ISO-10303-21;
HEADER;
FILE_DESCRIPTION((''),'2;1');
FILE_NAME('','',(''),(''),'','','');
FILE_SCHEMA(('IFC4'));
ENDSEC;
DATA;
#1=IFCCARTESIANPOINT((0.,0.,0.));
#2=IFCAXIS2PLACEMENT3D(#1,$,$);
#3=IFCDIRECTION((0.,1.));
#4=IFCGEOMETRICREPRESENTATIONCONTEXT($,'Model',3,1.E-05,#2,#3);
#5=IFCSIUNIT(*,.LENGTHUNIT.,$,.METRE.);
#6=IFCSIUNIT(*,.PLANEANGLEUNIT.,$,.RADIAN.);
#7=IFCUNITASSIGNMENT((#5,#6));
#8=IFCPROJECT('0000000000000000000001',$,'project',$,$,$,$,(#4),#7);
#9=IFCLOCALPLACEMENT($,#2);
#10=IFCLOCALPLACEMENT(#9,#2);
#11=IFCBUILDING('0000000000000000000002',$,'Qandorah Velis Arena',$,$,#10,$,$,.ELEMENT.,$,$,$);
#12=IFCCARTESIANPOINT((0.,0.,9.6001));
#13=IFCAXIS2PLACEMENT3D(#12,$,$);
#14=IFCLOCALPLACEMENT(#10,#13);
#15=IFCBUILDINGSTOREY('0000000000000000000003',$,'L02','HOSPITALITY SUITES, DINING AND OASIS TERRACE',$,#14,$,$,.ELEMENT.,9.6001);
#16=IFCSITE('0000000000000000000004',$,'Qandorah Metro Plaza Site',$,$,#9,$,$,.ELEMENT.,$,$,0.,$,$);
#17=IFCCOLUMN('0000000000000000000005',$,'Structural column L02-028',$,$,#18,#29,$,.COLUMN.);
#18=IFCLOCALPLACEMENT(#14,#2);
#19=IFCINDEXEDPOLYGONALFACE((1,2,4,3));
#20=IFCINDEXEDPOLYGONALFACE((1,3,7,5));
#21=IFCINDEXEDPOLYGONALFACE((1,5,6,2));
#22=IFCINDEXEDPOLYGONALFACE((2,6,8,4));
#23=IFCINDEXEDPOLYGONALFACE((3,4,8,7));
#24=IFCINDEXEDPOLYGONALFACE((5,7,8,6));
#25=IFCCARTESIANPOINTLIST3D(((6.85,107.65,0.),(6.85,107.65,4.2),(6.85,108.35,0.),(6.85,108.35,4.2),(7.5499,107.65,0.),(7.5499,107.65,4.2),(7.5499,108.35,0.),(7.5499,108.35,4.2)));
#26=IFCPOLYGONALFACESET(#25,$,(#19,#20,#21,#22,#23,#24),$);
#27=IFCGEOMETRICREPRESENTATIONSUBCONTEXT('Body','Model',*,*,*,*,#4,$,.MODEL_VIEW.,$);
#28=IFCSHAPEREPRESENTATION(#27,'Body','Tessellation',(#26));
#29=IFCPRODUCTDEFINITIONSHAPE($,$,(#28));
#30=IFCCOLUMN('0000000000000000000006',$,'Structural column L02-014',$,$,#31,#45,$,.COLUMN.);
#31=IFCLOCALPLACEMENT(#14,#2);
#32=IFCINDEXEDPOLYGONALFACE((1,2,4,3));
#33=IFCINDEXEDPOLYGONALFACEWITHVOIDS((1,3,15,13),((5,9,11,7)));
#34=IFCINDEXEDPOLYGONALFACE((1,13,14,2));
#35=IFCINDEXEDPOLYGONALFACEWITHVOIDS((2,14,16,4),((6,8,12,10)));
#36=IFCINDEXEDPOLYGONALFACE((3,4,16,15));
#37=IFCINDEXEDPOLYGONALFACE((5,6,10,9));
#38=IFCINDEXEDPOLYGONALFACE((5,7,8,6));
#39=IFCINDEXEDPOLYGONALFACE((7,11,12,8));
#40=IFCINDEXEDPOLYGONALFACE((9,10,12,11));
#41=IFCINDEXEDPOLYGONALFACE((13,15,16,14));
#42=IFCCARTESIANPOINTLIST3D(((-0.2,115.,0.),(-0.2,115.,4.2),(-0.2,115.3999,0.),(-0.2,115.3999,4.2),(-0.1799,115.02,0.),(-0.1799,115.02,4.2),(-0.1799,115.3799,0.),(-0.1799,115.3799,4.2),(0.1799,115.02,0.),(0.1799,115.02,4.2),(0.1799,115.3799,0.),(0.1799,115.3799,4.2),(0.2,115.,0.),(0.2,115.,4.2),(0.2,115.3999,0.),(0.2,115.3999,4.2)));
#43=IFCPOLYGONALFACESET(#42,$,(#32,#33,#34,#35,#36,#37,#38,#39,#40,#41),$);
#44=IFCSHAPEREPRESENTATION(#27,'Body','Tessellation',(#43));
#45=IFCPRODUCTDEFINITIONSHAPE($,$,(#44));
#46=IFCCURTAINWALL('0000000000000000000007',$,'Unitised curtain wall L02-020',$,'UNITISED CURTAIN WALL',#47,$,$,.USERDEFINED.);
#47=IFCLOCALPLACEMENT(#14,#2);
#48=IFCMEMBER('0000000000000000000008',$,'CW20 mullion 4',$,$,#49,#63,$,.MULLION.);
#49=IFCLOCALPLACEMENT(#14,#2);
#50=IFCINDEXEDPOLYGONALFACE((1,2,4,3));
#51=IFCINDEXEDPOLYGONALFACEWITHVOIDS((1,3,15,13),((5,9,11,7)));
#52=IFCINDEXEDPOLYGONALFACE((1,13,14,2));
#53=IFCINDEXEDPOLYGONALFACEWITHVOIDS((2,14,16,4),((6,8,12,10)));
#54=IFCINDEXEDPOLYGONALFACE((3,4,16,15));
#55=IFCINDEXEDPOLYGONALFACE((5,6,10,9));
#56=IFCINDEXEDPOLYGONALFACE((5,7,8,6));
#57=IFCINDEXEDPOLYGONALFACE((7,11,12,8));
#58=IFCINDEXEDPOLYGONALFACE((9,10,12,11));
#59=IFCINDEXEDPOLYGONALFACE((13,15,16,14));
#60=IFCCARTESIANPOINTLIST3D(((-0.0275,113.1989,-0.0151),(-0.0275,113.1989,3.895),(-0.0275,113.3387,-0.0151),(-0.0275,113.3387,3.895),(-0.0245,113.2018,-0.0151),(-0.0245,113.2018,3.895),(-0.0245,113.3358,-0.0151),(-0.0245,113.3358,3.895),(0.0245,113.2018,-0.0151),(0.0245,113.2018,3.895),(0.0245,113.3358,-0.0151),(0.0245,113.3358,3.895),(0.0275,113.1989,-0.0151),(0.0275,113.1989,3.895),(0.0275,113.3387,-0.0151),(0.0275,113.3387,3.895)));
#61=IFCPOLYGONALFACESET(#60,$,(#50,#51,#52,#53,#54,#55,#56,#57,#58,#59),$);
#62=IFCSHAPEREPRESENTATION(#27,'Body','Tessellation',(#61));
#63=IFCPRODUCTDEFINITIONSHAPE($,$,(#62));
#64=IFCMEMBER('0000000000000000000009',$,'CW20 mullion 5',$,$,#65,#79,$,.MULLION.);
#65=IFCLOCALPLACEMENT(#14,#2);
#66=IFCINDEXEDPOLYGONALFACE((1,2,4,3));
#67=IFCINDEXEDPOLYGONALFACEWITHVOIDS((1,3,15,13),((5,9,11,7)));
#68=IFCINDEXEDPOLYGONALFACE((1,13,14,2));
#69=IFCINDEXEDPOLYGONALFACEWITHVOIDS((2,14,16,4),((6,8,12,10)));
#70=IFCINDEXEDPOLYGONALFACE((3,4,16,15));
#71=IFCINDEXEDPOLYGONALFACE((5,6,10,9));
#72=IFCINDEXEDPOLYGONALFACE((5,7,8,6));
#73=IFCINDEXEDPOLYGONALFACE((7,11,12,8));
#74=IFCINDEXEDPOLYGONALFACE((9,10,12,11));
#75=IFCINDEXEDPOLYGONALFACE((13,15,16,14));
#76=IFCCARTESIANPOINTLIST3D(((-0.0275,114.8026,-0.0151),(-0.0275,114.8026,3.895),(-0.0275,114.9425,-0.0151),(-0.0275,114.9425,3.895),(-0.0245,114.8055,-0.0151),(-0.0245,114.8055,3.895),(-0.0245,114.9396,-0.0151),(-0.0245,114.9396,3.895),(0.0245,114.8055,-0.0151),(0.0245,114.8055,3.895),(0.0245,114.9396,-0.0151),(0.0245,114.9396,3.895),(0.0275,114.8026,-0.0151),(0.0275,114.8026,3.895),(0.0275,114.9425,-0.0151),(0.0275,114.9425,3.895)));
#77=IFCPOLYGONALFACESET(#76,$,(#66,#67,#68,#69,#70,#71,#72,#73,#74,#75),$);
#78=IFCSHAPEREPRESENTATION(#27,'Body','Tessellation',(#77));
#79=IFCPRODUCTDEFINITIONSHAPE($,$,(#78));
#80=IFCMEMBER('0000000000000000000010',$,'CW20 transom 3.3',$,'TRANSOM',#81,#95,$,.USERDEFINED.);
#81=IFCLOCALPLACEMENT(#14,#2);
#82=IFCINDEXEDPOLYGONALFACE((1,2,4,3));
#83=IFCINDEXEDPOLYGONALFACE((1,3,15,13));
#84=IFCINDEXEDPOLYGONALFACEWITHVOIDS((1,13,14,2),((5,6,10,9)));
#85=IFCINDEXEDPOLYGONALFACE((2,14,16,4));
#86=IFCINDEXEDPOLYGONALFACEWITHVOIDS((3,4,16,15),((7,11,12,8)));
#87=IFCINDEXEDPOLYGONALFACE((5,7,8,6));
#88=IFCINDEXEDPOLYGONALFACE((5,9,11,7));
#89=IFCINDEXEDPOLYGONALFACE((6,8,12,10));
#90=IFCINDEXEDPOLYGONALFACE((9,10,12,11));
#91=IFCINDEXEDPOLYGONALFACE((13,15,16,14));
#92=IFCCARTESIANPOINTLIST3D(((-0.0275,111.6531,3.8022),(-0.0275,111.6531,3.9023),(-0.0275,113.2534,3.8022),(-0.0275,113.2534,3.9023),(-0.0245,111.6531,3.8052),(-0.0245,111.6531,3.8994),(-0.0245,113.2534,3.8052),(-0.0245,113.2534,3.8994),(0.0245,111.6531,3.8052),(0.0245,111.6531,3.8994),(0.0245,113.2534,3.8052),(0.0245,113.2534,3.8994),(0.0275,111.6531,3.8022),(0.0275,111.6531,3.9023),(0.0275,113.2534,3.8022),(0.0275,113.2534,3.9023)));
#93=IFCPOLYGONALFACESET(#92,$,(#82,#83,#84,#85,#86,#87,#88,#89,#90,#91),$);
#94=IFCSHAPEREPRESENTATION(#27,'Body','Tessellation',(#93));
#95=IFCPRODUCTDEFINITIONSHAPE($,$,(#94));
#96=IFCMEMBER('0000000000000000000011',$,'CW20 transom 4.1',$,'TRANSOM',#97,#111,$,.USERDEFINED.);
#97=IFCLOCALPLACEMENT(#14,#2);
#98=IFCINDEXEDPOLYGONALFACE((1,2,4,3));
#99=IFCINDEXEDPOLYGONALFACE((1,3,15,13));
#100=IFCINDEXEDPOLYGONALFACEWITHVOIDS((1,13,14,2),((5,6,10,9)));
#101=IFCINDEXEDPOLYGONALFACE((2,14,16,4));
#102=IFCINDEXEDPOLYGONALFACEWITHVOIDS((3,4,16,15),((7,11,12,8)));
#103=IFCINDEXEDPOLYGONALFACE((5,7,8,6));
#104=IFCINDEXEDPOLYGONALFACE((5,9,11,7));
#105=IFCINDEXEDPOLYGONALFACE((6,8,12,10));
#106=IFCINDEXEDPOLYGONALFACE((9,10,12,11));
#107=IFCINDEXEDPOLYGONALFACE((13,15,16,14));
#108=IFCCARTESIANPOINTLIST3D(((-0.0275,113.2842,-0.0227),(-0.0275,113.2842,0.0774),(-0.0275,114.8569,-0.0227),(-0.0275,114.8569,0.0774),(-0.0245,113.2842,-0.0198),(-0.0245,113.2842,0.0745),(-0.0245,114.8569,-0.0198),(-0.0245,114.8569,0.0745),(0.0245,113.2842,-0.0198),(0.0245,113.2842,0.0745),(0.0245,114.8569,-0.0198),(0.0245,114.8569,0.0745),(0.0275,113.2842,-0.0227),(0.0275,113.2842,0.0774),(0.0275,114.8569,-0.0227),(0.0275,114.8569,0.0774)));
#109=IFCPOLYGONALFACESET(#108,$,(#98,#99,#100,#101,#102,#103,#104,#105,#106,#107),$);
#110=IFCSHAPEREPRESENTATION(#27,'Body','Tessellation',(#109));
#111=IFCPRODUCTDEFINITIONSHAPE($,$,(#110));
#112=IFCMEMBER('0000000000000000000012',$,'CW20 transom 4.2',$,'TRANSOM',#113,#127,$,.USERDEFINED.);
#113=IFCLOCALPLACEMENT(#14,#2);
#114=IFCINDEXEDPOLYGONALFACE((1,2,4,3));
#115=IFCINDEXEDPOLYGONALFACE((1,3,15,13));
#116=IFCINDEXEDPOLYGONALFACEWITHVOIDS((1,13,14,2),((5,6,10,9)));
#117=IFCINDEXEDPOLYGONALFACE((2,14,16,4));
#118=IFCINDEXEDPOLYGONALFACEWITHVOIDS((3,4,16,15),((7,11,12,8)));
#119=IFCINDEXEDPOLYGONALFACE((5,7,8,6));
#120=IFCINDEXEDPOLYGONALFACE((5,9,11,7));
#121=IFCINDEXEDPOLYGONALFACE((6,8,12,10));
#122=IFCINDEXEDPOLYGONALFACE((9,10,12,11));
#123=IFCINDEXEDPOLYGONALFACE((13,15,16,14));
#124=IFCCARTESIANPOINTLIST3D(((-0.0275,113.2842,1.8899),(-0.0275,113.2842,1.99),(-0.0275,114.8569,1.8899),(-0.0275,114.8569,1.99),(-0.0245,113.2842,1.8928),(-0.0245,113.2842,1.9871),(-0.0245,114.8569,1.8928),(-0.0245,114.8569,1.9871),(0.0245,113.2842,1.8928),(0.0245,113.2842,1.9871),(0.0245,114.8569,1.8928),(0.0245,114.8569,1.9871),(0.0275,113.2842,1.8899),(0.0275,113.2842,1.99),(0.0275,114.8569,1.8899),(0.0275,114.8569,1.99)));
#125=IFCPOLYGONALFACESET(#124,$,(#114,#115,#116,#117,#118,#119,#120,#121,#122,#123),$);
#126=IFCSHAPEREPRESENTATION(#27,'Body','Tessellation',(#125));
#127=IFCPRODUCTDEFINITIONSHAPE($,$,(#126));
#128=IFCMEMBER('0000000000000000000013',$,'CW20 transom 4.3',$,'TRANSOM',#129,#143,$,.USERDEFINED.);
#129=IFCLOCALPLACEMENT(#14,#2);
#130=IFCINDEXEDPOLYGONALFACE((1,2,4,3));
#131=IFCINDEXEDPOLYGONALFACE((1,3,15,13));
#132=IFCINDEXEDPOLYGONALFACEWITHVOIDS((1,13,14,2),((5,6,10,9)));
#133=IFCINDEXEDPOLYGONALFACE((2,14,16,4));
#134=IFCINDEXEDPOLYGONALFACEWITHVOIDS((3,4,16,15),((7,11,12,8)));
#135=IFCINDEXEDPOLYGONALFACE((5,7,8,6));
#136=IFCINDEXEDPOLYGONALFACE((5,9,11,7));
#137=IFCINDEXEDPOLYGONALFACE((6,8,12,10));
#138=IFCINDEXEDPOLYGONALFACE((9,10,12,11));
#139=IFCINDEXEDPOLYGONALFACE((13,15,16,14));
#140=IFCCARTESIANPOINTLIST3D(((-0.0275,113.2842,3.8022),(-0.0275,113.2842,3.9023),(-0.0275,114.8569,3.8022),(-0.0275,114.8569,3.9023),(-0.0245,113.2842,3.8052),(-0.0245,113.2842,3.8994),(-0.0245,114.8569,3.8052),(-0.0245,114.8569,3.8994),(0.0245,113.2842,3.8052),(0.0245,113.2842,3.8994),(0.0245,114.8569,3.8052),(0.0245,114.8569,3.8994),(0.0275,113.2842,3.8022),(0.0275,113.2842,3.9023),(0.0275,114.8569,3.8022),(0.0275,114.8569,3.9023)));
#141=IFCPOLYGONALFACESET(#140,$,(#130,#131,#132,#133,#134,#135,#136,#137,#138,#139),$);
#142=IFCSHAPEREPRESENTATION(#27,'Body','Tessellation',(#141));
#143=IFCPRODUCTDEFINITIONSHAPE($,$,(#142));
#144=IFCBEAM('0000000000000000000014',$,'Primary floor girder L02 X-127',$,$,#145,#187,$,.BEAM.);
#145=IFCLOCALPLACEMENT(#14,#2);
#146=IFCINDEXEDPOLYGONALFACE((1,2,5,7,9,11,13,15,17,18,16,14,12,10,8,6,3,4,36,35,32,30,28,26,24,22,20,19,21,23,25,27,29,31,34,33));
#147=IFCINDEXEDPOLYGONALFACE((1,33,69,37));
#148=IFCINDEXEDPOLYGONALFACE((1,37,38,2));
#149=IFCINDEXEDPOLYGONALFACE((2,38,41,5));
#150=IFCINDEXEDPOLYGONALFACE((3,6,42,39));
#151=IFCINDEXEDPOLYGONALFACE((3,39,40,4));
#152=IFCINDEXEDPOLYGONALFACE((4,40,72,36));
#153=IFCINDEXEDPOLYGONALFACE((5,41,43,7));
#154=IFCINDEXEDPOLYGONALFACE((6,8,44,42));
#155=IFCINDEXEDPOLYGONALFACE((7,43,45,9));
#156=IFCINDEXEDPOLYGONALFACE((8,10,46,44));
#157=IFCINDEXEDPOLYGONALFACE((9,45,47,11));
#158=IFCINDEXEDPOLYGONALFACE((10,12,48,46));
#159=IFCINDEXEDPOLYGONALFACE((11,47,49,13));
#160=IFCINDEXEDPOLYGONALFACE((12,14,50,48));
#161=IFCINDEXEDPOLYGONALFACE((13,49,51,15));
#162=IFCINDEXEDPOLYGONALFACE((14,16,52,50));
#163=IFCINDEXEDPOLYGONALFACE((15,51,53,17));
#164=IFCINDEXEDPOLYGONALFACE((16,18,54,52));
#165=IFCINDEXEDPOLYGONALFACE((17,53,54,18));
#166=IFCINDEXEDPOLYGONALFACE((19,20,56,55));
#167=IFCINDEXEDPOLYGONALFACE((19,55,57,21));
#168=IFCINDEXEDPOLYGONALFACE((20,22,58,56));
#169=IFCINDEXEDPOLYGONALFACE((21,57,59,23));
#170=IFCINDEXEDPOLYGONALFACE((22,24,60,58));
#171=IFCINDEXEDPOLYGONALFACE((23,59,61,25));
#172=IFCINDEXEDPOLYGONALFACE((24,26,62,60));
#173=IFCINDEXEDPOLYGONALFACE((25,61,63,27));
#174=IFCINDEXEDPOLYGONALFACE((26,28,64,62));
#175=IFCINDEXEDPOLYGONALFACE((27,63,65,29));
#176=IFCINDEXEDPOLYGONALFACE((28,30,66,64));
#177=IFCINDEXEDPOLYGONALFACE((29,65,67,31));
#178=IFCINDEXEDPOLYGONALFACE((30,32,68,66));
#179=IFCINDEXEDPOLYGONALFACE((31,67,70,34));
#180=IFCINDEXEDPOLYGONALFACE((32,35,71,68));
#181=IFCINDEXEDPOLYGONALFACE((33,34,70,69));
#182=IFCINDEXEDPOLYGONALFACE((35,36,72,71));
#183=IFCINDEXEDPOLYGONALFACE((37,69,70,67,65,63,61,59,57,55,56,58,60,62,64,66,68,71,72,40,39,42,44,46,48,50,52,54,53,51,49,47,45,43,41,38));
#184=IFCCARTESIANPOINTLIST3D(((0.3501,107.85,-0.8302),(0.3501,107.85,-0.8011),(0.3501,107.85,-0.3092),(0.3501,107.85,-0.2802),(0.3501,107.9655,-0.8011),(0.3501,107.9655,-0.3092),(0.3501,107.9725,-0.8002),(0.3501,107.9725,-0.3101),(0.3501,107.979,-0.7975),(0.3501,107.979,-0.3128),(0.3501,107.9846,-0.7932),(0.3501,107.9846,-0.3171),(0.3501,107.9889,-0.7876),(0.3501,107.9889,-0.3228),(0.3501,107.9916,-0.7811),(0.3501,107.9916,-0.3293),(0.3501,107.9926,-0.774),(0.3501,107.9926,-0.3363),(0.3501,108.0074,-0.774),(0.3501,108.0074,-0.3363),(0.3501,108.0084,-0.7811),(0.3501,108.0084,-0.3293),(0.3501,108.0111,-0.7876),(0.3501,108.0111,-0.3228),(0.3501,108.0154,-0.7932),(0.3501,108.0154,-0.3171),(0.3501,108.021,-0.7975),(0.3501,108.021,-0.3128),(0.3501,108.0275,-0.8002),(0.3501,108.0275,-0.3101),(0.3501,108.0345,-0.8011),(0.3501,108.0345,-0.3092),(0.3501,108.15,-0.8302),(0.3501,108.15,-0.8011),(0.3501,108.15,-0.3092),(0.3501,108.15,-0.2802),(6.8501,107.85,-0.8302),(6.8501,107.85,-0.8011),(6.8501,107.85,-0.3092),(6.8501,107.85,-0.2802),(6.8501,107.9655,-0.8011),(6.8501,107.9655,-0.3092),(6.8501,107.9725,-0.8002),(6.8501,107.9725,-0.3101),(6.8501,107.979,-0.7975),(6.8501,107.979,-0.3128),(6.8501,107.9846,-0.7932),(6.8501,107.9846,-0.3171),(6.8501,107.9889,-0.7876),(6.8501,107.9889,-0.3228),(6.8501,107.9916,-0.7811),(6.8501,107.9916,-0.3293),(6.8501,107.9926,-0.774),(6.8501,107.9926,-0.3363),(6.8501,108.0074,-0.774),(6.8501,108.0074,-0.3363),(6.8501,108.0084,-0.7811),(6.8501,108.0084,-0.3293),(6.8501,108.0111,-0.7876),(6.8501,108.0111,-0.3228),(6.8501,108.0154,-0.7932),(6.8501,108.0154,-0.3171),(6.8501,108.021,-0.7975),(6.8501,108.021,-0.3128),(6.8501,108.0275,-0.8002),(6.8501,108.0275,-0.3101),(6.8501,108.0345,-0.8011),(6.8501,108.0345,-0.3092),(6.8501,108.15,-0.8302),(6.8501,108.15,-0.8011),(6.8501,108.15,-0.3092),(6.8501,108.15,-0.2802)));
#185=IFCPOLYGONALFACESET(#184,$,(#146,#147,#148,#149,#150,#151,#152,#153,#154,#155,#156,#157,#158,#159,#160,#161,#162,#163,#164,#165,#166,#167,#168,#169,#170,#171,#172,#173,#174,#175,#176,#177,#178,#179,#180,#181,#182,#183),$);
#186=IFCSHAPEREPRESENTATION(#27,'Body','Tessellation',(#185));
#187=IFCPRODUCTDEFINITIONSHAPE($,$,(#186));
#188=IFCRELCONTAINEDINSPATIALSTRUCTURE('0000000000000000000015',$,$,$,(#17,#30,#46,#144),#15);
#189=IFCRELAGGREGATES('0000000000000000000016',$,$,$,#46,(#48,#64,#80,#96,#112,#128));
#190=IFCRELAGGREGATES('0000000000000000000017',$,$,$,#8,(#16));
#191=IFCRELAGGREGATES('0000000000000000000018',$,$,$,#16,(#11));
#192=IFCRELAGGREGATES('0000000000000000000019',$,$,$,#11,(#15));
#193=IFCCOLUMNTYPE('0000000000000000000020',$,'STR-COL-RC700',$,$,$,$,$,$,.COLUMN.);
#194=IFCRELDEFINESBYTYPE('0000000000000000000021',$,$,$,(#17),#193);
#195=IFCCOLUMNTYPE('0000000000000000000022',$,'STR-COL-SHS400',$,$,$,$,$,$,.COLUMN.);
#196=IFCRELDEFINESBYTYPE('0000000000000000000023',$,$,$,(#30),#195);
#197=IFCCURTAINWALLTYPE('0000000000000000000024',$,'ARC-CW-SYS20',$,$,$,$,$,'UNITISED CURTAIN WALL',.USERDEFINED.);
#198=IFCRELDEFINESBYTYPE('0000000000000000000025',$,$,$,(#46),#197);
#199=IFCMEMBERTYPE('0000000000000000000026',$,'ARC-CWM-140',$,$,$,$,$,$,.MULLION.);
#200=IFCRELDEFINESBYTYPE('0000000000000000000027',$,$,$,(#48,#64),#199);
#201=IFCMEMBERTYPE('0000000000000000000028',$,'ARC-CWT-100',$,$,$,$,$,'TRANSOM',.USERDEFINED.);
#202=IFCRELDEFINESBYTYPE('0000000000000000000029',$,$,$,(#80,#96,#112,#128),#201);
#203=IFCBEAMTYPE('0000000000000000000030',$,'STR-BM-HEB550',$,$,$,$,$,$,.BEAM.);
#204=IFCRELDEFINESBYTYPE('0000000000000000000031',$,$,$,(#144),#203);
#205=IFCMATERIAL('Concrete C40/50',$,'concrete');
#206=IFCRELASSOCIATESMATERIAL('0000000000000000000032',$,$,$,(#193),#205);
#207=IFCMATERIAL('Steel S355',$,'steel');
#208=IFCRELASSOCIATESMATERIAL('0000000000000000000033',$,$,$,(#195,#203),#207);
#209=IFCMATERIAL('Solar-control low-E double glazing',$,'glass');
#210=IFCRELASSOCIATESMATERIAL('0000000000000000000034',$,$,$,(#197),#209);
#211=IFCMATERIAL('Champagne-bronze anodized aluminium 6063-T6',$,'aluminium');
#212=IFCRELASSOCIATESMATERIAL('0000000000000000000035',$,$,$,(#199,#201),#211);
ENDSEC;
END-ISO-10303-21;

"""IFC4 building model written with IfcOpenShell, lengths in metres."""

from ifc_helpers import new_model, si_unit, direction, frame, origin, origin_2d, place, context, subcontext, project, spatial, rectangle, hollow_rectangle, i_section, extrude, material, material_profile, profile_set, type_object, element, aggregate, save


model = new_model("IFC4")

# Units and contexts
model_context = context("Model", 3, precision=1e-05, world=origin(), true_north=direction((0.0, 1.0)))
body_context = subcontext(model_context, "Body", "Model", "MODEL_VIEW")
ifc_project = project(units=[si_unit("LENGTHUNIT", "METRE"), si_unit("PLANEANGLEUNIT", "RADIAN")], contexts=[model_context])

# Site, building, storey
site_placement = place(None, origin())
site = spatial("IfcSite", under=ifc_project, at=site_placement, Name="Qandorah Metro Plaza Site", CompositionType="ELEMENT", RefElevation=0.0)
building_placement = place(site_placement, origin())
building = spatial("IfcBuilding", under=site, at=building_placement, Name="Qandorah Velis Arena", CompositionType="ELEMENT")
storey_placement = place(building_placement, frame((0.0, 0.0, 9.6001)))
storey = spatial("IfcBuildingStorey", under=building, at=storey_placement, Name="L02", Description="HOSPITALITY SUITES, DINING AND OASIS TERRACE", CompositionType="ELEMENT", Elevation=9.6001)

# Columns
ifc_material_1 = material(Name="Concrete C40/50", Category="concrete")
ifc_material_profile_1 = material_profile(ifc_material_1, rectangle(XDim=0.7, YDim=0.7, at=origin_2d()), Name="RC COL 700x700")
ifc_profile_set_1 = profile_set([ifc_material_profile_1], Name="Concrete C40/50")
column_type_1 = type_object("IfcColumnType", Name="STR-COL-RC700", PredefinedType="COLUMN", material=ifc_profile_set_1)
column_1_placement = place(storey_placement, frame((7.2, 108.0, 0.0), z_axis=(0.0, 0.0, 1.0), x_axis=(1.0, 0.0, 0.0)))
element("IfcColumn", 1, at=column_1_placement, inside=storey, type_object=column_type_1, Name="Structural column L02-028", PredefinedType="COLUMN", context=body_context, shape_type="SweptSolid", body=[
    extrude(rectangle(XDim=0.7, YDim=0.7, at=origin_2d()), origin(), (0.0, 0.0, 1.0), 4.2),
])
ifc_material_2 = material(Name="Steel S355", Category="steel")
ifc_material_profile_2 = material_profile(ifc_material_2, hollow_rectangle(XDim=0.3999, YDim=0.3999, WallThickness=0.02, at=origin_2d()), Name="SHS 400x400x20")
ifc_profile_set_2 = profile_set([ifc_material_profile_2], Name="Steel S355")
column_type_2 = type_object("IfcColumnType", Name="STR-COL-SHS400", PredefinedType="COLUMN", material=ifc_profile_set_2)
column_2_placement = place(storey_placement, frame((0.0, 115.2, 0.0), z_axis=(0.0, 0.0, 1.0), x_axis=(1.0, 0.0, 0.0)))
element("IfcColumn", 2, at=column_2_placement, inside=storey, type_object=column_type_2, Name="Structural column L02-014", PredefinedType="COLUMN", context=body_context, shape_type="SweptSolid", body=[
    extrude(hollow_rectangle(XDim=0.3999, YDim=0.3999, WallThickness=0.02, at=origin_2d()), origin(), (0.0, 0.0, 1.0), 4.2),
])

# Curtain wall, members
ifc_material_3 = material(Name="Solar-control low-E double glazing", Category="glass")
curtain_wall_type = type_object("IfcCurtainWallType", Name="ARC-CW-SYS20", ElementType="UNITISED CURTAIN WALL", PredefinedType="USERDEFINED", material=ifc_material_3)
curtain_wall_placement = place(storey_placement, origin())
curtain_wall = element("IfcCurtainWall", 3, at=curtain_wall_placement, inside=storey, type_object=curtain_wall_type, Name="Unitised curtain wall L02-020", ObjectType="UNITISED CURTAIN WALL", PredefinedType="USERDEFINED")
ifc_material_4 = material(Name="Champagne-bronze anodized aluminium 6063-T6", Category="aluminium")
ifc_material_profile_3 = material_profile(ifc_material_4, hollow_rectangle(XDim=0.0549, YDim=0.1399, WallThickness=0.0029, at=origin_2d()), Name="ALU MULLION 55x140")
ifc_profile_set_3 = profile_set([ifc_material_profile_3], Name="Champagne-bronze anodized aluminium 6063-T6")
member_type_1 = type_object("IfcMemberType", Name="ARC-CWM-140", PredefinedType="MULLION", material=ifc_profile_set_3)
member_1_placement = place(storey_placement, frame((0.0, 113.2688, -0.0151), z_axis=(0.0, 0.0, 1.0), x_axis=(-1.0, 0.0, 0.0)))
member_1 = element("IfcMember", 4, at=member_1_placement, type_object=member_type_1, Name="CW20 mullion 4", PredefinedType="MULLION", context=body_context, shape_type="SweptSolid", body=[
    extrude(hollow_rectangle(XDim=0.0549, YDim=0.1399, WallThickness=0.0029, at=origin_2d()), origin(), (0.0, 0.0, 1.0), 3.9102),
])
member_2_placement = place(storey_placement, frame((0.0, 114.8726, -0.0151), z_axis=(0.0, 0.0, 1.0), x_axis=(-1.0, 0.0, 0.0)))
member_2 = element("IfcMember", 5, at=member_2_placement, type_object=member_type_1, Name="CW20 mullion 5", PredefinedType="MULLION", context=body_context, shape_type="SweptSolid", body=[
    extrude(hollow_rectangle(XDim=0.0549, YDim=0.1399, WallThickness=0.0029, at=origin_2d()), origin(), (0.0, 0.0, 1.0), 3.9102),
])
ifc_material_profile_4 = material_profile(ifc_material_4, hollow_rectangle(XDim=0.0549, YDim=0.1001, WallThickness=0.0029, at=origin_2d()), Name="ALU TRANSOM 55x100")
ifc_profile_set_4 = profile_set([ifc_material_profile_4], Name="Champagne-bronze anodized aluminium 6063-T6")
member_type_2 = type_object("IfcMemberType", Name="ARC-CWT-100", ElementType="TRANSOM", PredefinedType="USERDEFINED", material=ifc_profile_set_4)
member_3_placement = place(storey_placement, frame((0.0, 111.6531, 3.8523), z_axis=(0.0, 1.0, 0.0), x_axis=(-1.0, 0.0, 0.0)))
member_3 = element("IfcMember", 6, at=member_3_placement, type_object=member_type_2, Name="CW20 transom 3.3", ObjectType="TRANSOM", PredefinedType="USERDEFINED", context=body_context, shape_type="SweptSolid", body=[
    extrude(hollow_rectangle(XDim=0.0549, YDim=0.1001, WallThickness=0.0029, at=origin_2d()), origin(), (0.0, 0.0, 1.0), 1.6003),
])
member_4_placement = place(storey_placement, frame((0.0, 113.2842, 0.0273), z_axis=(0.0, 1.0, 0.0), x_axis=(-1.0, 0.0, 0.0)))
member_4 = element("IfcMember", 7, at=member_4_placement, type_object=member_type_2, Name="CW20 transom 4.1", ObjectType="TRANSOM", PredefinedType="USERDEFINED", context=body_context, shape_type="SweptSolid", body=[
    extrude(hollow_rectangle(XDim=0.0549, YDim=0.1001, WallThickness=0.0029, at=origin_2d()), origin(), (0.0, 0.0, 1.0), 1.5728),
])
member_5_placement = place(storey_placement, frame((0.0, 113.2842, 1.9399), z_axis=(0.0, 1.0, 0.0), x_axis=(-1.0, 0.0, 0.0)))
member_5 = element("IfcMember", 8, at=member_5_placement, type_object=member_type_2, Name="CW20 transom 4.2", ObjectType="TRANSOM", PredefinedType="USERDEFINED", context=body_context, shape_type="SweptSolid", body=[
    extrude(hollow_rectangle(XDim=0.0549, YDim=0.1001, WallThickness=0.0029, at=origin_2d()), origin(), (0.0, 0.0, 1.0), 1.5728),
])
member_6_placement = place(storey_placement, frame((0.0, 113.2842, 3.8523), z_axis=(0.0, 1.0, 0.0), x_axis=(-1.0, 0.0, 0.0)))
member_6 = element("IfcMember", 9, at=member_6_placement, type_object=member_type_2, Name="CW20 transom 4.3", ObjectType="TRANSOM", PredefinedType="USERDEFINED", context=body_context, shape_type="SweptSolid", body=[
    extrude(hollow_rectangle(XDim=0.0549, YDim=0.1001, WallThickness=0.0029, at=origin_2d()), origin(), (0.0, 0.0, 1.0), 1.5728),
])

# Beam
ifc_material_profile_5 = material_profile(ifc_material_2, i_section(OverallWidth=0.3, OverallDepth=0.55, WebThickness=0.0149, FlangeThickness=0.0291, FilletRadius=0.0271, at=origin_2d()), Name="HEB 550")
ifc_profile_set_5 = profile_set([ifc_material_profile_5], Name="Steel S355")
beam_type_1 = type_object("IfcBeamType", Name="STR-BM-HEB550", PredefinedType="BEAM", material=ifc_profile_set_5)
for number, where, z_axis, x_axis, name in (
    (10, (0.3501, 108.0, -0.5552), (1.0, 0.0, 0.0), (0.0, 1.0, 0.0), "Primary floor girder L02 X-127"),
):
    element("IfcBeam", number, at=place(storey_placement, frame(where, z_axis=z_axis, x_axis=x_axis)), inside=storey, type_object=beam_type_1, Name=name, PredefinedType="BEAM", context=body_context, shape_type="SweptSolid", body=[
        extrude(i_section(OverallWidth=0.3, OverallDepth=0.55, WebThickness=0.0149, FlangeThickness=0.0291, FilletRadius=0.0271, at=origin_2d()), origin(), (0.0, 0.0, 1.0), 6.5),
    ])

aggregate(curtain_wall, [member_1, member_2, member_3, member_4, member_5, member_6])

save(model, "model.ifc")
